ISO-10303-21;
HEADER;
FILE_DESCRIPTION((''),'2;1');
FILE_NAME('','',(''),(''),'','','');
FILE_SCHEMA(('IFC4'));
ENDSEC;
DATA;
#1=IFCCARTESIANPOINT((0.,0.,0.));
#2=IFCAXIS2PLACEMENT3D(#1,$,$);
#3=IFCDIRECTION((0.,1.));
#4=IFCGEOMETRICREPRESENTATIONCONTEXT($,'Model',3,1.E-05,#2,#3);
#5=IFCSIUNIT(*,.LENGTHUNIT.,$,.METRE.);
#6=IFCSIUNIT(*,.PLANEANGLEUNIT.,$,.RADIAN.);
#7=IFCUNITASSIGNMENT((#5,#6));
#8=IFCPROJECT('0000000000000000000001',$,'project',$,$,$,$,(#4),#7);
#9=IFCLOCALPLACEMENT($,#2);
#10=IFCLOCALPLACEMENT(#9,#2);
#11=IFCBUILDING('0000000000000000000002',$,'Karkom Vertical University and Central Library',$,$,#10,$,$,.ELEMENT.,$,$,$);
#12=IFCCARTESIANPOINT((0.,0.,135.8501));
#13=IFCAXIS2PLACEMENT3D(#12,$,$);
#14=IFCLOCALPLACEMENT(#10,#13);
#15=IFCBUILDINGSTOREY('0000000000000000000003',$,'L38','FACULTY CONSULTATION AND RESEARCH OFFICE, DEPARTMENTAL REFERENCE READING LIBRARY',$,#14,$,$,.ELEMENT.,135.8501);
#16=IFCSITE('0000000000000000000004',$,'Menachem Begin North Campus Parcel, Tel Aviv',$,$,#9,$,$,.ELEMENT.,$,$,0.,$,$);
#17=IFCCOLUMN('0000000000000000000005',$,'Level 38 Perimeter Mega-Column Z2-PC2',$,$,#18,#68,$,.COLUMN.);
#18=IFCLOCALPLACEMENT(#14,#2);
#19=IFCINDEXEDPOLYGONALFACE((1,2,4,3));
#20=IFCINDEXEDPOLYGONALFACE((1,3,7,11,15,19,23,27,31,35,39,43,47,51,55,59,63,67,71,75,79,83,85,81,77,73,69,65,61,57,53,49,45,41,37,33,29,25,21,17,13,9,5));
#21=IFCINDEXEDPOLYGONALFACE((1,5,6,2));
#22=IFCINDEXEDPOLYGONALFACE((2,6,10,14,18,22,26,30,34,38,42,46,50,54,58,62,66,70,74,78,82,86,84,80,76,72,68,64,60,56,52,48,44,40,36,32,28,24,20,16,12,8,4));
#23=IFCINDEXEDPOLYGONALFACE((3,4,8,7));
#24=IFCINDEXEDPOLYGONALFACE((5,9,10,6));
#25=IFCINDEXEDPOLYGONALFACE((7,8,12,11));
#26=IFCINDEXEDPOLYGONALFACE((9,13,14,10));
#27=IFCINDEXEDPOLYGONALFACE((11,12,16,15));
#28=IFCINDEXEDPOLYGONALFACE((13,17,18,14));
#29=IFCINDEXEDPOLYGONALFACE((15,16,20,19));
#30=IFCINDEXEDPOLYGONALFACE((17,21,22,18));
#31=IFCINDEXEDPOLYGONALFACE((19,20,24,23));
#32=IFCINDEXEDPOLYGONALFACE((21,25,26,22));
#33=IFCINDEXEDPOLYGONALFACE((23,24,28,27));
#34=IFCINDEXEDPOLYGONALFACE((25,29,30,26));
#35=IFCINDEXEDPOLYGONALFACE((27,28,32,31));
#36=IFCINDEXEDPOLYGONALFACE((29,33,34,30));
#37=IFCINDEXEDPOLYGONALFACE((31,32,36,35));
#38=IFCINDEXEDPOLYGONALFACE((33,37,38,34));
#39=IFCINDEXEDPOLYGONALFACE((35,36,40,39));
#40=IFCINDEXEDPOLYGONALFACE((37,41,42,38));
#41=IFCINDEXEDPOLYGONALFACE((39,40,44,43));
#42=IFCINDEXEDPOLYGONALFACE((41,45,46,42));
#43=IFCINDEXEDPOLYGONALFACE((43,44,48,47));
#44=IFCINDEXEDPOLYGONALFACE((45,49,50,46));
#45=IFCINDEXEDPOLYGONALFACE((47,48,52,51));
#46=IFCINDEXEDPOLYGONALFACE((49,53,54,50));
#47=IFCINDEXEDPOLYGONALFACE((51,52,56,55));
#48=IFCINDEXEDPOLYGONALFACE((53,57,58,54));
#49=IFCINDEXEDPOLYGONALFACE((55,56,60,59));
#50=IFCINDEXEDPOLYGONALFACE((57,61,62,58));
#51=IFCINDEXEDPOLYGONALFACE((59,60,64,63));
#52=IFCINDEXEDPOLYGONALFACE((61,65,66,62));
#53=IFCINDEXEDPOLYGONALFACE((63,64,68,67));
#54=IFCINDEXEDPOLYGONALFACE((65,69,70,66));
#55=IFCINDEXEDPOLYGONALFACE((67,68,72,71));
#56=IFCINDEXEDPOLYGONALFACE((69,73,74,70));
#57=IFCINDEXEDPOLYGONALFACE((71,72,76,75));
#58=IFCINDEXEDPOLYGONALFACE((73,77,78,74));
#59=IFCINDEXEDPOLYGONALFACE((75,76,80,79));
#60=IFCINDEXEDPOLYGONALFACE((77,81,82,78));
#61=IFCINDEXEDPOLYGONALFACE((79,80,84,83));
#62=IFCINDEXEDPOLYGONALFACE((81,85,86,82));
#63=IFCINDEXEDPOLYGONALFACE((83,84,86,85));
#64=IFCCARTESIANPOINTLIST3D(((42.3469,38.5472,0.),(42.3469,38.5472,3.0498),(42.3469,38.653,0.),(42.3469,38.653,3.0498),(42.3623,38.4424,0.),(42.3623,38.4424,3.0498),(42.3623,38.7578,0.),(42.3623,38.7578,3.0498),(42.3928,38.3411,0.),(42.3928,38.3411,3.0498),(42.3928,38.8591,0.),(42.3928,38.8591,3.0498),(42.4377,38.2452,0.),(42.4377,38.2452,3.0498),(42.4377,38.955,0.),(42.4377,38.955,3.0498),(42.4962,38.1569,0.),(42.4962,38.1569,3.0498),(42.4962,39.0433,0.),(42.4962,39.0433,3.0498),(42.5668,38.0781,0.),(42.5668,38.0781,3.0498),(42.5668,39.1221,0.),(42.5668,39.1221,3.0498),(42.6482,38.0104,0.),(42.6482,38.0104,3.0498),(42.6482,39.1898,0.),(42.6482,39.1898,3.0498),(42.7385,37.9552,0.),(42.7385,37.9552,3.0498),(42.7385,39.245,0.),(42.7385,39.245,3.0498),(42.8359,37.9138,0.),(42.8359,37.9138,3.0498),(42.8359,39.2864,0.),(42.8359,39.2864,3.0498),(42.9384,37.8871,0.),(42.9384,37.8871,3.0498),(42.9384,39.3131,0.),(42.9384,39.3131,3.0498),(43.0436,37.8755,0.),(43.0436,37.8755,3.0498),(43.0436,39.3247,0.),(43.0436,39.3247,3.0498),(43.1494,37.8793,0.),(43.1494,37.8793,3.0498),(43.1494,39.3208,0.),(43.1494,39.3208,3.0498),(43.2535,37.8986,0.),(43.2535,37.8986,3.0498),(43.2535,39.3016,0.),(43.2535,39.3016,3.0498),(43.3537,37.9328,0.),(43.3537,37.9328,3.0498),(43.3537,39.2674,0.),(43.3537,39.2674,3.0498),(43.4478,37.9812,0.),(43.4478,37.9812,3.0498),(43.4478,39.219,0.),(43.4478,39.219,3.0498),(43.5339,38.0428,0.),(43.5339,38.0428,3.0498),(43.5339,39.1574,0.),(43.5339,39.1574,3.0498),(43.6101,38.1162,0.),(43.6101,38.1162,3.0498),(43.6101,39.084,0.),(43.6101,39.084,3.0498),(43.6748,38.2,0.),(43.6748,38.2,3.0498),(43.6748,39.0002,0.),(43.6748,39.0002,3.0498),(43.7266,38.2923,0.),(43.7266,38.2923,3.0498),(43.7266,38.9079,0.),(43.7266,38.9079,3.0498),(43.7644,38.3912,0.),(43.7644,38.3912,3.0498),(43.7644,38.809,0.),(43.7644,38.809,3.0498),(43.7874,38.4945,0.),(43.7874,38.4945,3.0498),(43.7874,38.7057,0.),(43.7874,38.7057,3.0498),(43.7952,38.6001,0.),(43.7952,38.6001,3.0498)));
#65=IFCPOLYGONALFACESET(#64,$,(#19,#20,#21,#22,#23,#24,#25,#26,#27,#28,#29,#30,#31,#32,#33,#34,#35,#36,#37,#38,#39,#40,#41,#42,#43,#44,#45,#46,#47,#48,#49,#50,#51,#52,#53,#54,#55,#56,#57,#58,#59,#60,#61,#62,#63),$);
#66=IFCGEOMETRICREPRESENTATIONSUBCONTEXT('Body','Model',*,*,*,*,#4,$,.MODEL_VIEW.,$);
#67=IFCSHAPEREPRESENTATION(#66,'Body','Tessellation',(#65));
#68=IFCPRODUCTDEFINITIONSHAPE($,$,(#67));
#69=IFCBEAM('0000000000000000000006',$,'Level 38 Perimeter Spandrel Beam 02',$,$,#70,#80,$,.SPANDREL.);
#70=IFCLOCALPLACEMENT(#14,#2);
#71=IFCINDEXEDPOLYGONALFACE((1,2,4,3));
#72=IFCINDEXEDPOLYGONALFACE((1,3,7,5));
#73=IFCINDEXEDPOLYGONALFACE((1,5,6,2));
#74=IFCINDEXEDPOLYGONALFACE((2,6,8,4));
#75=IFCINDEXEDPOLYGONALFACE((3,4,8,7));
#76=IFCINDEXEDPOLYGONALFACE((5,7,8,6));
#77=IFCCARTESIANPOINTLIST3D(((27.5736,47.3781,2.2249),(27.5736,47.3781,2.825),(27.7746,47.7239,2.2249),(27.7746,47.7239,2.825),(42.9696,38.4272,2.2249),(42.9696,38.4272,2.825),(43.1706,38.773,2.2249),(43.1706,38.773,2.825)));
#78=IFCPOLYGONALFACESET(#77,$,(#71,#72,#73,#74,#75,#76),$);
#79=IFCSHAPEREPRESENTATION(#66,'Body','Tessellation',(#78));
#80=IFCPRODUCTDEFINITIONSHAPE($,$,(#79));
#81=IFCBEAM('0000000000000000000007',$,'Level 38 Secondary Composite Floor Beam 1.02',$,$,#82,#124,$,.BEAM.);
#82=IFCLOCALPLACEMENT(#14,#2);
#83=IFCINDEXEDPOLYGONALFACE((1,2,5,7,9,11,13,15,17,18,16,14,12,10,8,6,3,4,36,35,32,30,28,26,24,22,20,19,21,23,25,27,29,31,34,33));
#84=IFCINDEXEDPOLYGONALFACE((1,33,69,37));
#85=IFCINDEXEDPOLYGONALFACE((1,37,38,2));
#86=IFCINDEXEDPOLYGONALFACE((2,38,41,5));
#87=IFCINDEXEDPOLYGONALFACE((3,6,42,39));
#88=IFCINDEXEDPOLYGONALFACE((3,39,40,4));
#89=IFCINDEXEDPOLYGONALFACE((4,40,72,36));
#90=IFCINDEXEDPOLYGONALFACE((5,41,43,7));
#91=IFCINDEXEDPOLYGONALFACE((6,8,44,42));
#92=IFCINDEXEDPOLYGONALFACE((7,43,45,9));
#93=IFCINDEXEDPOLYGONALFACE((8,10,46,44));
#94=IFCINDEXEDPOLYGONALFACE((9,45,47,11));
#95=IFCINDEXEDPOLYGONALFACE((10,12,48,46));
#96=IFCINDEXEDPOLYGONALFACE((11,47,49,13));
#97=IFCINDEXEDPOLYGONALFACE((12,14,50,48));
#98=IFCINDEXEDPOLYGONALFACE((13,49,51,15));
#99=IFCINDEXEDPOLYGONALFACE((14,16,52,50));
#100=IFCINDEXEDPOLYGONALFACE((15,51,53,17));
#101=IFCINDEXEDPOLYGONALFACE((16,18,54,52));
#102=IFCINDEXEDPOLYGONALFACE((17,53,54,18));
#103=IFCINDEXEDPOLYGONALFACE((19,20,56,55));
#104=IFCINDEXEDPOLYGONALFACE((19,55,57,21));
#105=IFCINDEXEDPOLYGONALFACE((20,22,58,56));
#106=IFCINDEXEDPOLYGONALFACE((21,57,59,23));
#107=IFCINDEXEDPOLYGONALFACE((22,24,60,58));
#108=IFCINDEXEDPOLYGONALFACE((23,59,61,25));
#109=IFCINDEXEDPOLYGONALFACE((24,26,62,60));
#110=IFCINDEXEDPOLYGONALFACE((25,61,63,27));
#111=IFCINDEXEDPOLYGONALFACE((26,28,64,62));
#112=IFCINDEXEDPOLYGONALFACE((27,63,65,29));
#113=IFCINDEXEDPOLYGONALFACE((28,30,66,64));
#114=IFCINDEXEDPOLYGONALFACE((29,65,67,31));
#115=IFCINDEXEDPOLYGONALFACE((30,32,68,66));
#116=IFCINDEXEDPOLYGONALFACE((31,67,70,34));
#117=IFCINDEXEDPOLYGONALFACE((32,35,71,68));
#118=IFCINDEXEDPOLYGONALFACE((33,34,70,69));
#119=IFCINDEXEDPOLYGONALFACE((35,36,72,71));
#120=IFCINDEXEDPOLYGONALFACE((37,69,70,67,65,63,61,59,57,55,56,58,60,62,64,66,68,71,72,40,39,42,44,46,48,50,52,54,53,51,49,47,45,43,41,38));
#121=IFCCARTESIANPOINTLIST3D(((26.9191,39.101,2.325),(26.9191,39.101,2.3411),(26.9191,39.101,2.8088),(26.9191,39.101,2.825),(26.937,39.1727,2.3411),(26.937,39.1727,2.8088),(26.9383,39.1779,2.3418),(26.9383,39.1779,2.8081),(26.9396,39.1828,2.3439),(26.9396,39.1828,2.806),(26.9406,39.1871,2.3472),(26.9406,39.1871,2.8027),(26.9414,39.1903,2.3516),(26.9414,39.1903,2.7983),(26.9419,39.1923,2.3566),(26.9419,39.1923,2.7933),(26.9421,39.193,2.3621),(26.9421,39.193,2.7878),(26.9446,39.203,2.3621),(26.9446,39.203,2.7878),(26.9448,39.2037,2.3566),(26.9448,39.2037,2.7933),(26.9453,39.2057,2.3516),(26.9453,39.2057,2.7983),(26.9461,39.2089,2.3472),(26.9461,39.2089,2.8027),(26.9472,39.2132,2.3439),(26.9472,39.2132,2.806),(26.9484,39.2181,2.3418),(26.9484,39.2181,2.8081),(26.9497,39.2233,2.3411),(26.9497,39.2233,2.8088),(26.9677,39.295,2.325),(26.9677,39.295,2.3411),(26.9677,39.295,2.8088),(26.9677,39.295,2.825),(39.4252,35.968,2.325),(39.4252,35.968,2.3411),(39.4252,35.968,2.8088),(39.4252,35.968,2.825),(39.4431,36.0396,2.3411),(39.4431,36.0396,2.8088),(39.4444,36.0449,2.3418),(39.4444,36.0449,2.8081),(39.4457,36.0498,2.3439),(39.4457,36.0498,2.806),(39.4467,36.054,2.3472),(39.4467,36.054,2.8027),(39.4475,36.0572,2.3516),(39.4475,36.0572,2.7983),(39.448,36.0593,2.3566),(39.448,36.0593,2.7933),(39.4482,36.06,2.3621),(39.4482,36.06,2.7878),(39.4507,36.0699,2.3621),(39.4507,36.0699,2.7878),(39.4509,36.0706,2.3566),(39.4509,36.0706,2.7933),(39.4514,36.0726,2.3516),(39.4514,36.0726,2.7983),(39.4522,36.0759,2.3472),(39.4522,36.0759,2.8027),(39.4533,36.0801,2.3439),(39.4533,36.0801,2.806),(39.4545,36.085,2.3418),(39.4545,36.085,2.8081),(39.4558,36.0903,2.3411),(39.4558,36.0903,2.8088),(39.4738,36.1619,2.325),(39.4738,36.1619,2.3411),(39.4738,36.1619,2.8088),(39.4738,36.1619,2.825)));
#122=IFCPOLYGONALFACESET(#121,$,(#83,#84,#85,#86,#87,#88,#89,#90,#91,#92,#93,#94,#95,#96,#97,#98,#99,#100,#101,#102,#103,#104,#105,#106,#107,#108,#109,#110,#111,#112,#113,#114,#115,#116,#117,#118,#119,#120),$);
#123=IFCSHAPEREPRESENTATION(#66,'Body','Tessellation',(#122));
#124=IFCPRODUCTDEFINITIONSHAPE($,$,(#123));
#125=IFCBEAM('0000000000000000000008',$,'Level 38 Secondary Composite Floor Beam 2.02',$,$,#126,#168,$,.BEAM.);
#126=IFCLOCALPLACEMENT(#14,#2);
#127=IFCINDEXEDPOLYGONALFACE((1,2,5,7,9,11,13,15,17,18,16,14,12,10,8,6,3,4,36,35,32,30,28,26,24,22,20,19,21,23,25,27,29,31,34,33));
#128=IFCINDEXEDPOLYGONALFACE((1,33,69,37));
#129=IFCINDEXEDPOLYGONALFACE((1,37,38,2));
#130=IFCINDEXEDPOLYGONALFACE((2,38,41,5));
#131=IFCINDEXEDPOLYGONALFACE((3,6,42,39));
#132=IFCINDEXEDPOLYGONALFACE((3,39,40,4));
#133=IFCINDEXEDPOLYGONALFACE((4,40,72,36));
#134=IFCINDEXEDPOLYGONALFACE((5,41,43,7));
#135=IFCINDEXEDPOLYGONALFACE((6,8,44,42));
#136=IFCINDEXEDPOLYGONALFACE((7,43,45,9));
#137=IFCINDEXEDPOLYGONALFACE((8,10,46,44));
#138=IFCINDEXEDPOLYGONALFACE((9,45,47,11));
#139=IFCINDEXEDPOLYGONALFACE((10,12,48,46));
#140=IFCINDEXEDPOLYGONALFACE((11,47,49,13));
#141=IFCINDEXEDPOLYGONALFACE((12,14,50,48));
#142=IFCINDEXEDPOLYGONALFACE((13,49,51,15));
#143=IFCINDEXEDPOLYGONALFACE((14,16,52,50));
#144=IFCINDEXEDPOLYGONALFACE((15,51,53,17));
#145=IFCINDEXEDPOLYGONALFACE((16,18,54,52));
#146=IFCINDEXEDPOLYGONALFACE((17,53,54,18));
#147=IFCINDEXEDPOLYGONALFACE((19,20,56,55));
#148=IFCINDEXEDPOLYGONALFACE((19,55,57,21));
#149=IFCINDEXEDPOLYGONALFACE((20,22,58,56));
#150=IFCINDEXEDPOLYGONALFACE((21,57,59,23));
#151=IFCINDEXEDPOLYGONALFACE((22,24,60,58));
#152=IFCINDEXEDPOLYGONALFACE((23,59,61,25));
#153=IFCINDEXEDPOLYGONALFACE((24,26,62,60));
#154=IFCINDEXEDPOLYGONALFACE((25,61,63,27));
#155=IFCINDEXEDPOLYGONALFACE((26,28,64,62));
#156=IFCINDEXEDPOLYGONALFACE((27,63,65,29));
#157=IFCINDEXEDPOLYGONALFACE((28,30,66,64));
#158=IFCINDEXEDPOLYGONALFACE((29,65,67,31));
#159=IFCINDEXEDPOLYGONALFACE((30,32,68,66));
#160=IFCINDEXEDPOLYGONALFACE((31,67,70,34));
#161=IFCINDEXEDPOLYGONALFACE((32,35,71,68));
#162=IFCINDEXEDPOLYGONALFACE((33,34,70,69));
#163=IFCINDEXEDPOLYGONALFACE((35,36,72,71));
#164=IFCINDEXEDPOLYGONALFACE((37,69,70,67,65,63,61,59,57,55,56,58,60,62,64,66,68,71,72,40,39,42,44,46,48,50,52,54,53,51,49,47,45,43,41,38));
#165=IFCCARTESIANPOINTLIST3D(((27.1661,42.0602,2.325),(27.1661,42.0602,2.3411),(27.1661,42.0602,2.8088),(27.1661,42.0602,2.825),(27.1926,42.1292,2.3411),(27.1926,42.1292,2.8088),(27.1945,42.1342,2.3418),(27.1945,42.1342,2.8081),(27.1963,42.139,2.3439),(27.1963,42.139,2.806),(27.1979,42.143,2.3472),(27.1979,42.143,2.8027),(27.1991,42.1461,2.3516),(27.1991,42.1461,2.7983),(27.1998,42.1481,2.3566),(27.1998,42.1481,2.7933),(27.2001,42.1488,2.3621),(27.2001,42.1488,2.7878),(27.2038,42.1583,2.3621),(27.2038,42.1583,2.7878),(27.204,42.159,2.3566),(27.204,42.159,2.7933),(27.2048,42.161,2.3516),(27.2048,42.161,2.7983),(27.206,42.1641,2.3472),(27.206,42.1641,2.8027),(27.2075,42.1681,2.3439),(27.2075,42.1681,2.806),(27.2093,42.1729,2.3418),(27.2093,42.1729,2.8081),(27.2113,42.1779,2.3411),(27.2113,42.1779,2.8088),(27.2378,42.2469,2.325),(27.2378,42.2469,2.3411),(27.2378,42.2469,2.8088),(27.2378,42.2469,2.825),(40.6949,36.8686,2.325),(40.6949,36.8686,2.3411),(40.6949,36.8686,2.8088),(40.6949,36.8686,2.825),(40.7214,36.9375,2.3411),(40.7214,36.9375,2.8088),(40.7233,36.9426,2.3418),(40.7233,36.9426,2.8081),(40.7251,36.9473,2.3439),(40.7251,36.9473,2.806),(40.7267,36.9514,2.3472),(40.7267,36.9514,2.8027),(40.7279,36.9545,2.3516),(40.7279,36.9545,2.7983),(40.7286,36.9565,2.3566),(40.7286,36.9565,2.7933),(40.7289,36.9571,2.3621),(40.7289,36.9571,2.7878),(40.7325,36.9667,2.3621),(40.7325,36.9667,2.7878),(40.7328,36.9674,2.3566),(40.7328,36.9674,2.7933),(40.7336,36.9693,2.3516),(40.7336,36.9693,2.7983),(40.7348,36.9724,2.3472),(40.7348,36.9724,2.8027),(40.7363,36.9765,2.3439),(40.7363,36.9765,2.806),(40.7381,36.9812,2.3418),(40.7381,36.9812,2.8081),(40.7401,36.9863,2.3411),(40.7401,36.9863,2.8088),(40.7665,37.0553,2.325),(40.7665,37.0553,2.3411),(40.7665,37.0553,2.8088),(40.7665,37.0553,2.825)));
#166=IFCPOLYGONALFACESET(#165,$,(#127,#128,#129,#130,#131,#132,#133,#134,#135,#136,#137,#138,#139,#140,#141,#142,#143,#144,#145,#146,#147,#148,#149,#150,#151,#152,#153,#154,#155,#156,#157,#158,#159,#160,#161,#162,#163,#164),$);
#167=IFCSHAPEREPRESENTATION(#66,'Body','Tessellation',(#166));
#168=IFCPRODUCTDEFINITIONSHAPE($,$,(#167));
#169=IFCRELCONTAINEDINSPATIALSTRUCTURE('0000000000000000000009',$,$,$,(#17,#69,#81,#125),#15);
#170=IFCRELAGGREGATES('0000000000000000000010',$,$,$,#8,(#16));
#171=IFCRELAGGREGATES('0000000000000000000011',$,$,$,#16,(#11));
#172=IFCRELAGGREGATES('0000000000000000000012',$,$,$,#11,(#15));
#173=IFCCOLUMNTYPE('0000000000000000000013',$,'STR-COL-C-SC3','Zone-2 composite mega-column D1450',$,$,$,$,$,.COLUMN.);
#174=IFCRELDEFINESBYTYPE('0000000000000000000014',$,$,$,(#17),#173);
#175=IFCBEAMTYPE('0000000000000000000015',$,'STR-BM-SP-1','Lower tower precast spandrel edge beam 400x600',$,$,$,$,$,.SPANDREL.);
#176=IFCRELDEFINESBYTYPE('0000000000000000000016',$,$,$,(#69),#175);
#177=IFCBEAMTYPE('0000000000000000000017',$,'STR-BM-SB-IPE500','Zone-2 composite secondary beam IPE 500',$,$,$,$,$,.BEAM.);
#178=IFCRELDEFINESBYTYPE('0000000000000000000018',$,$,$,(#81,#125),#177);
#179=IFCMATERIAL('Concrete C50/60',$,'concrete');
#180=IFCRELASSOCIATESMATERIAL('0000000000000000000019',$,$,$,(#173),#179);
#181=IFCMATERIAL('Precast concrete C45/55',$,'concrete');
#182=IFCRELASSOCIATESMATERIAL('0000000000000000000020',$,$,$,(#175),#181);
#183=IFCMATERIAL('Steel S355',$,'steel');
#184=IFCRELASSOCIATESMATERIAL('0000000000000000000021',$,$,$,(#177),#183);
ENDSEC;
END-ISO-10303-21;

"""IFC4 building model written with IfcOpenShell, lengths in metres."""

from ifc_helpers import new_model, si_unit, direction, frame, origin, origin_with_axes, origin_2d, place, context, subcontext, project, spatial, rectangle, circle, i_section, extrude, source, transform, mapped, material, material_profile, profile_set, type_object, element, save


model = new_model("IFC4")

# Units and contexts
model_context = context("Model", 3, precision=1e-05, world=origin(), true_north=direction((0.0, 1.0)))
body_context = subcontext(model_context, "Body", "Model", "MODEL_VIEW")
ifc_project = project(units=[si_unit("LENGTHUNIT", "METRE"), si_unit("PLANEANGLEUNIT", "RADIAN")], contexts=[model_context])

# Site, building, storey
site_placement = place(None, origin())
site = spatial("IfcSite", under=ifc_project, at=site_placement, Name="Menachem Begin North Campus Parcel, Tel Aviv", CompositionType="ELEMENT", RefElevation=0.0)
building_placement = place(site_placement, origin())
building = spatial("IfcBuilding", under=site, at=building_placement, Name="Karkom Vertical University and Central Library", CompositionType="ELEMENT")
storey_placement = place(building_placement, frame((0.0, 0.0, 135.8501)))
storey = spatial("IfcBuildingStorey", under=building, at=storey_placement, Name="L38", Description="FACULTY CONSULTATION AND RESEARCH OFFICE, DEPARTMENTAL REFERENCE READING LIBRARY", CompositionType="ELEMENT", Elevation=135.8501)

# Column
ifc_material_1 = material(Name="Concrete C50/60", Category="concrete")
ifc_material_profile_1 = material_profile(ifc_material_1, circle(Radius=0.7251, at=origin_2d()), Name="CFT-D1450")
ifc_profile_set_1 = profile_set([ifc_material_profile_1], Name="Concrete C50/60")
column_type = type_object("IfcColumnType", Name="STR-COL-C-SC3", Description="Zone-2 composite mega-column D1450", PredefinedType="COLUMN", material=ifc_profile_set_1)
shared_shape_1 = source(origin_with_axes(), body_context, "Body", "SweptSolid", [
    extrude(circle(Radius=0.7251, at=origin_2d()), origin(), (0.0, 0.0, 1.0), 3.0498),
])
column_placement = place(storey_placement, frame((43.0701, 38.6001, 0.0), z_axis=(0.0, 0.0, 1.0), x_axis=(1.0, 0.0, 0.0)))
element("IfcColumn", 1, at=column_placement, inside=storey, type_object=column_type, Name="Level 38 Perimeter Mega-Column Z2-PC2", PredefinedType="COLUMN", context=body_context, shape_type="MappedRepresentation", body=[
    mapped(shared_shape_1, transform((0.0, 0.0, 0.0), scale=1.0)),
])

# Beams
ifc_material_2 = material(Name="Precast concrete C45/55", Category="concrete")
ifc_material_profile_2 = material_profile(ifc_material_2, rectangle(XDim=0.3999, YDim=0.6001, at=origin_2d()), Name="SPB-400x600")
ifc_profile_set_2 = profile_set([ifc_material_profile_2], Name="Precast concrete C45/55")
beam_type_1 = type_object("IfcBeamType", Name="STR-BM-SP-1", Description="Lower tower precast spandrel edge beam 400x600", PredefinedType="SPANDREL", material=ifc_profile_set_2)
shared_shape_2 = source(origin_with_axes(), body_context, "Body", "SweptSolid", [
    extrude(rectangle(XDim=0.3999, YDim=0.6001, at=origin_2d()), origin(), (0.0, 0.0, 1.0), 17.8088),
])
beam_1_placement = place(storey_placement, frame((43.0701, 38.6001, 2.5249), z_axis=(-0.864513, 0.502611, 0.0), x_axis=(-0.502611, -0.864513, 0.0)))
element("IfcBeam", 2, at=beam_1_placement, inside=storey, type_object=beam_type_1, Name="Level 38 Perimeter Spandrel Beam 02", PredefinedType="SPANDREL", context=body_context, shape_type="MappedRepresentation", body=[
    mapped(shared_shape_2, transform((0.0, 0.0, 0.0), scale=1.0)),
])
ifc_material_3 = material(Name="Steel S355", Category="steel")
ifc_material_profile_3 = material_profile(ifc_material_3, i_section(OverallWidth=0.2, OverallDepth=0.5, WebThickness=0.0103, FlangeThickness=0.0161, FilletRadius=0.021, at=origin_2d()), Name="IPE 500")
ifc_profile_set_3 = profile_set([ifc_material_profile_3], Name="Steel S355")
beam_type_2 = type_object("IfcBeamType", Name="STR-BM-SB-IPE500", Description="Zone-2 composite secondary beam IPE 500", PredefinedType="BEAM", material=ifc_profile_set_3)
shared_shape_3 = source(origin_with_axes(), body_context, "Body", "SweptSolid", [
    extrude(i_section(OverallWidth=0.2, OverallDepth=0.5, WebThickness=0.0103, FlangeThickness=0.0161, FilletRadius=0.021, at=origin_2d()), origin(), (0.0, 0.0, 1.0), 12.8926),
])
beam_2_placement = place(storey_placement, frame((39.4495, 36.0649, 2.575), z_axis=(-0.970023, 0.243012, 0.0), x_axis=(-0.243012, -0.970023, 0.0)))
element("IfcBeam", 3, at=beam_2_placement, inside=storey, type_object=beam_type_2, Name="Level 38 Secondary Composite Floor Beam 1.02", PredefinedType="BEAM", context=body_context, shape_type="MappedRepresentation", body=[
    mapped(shared_shape_3, transform((0.0, 0.0, 0.0), scale=1.0)),
])
shared_shape_4 = source(origin_with_axes(), body_context, "Body", "SweptSolid", [
    extrude(i_section(OverallWidth=0.2, OverallDepth=0.5, WebThickness=0.0103, FlangeThickness=0.0161, FilletRadius=0.021, at=origin_2d()), origin(), (0.0, 0.0, 1.0), 14.4907),
])
beam_3_placement = place(storey_placement, frame((40.7307, 36.9619, 2.575), z_axis=(-0.933617, 0.358273, 0.0), x_axis=(-0.358273, -0.933617, 0.0)))
element("IfcBeam", 4, at=beam_3_placement, inside=storey, type_object=beam_type_2, Name="Level 38 Secondary Composite Floor Beam 2.02", PredefinedType="BEAM", context=body_context, shape_type="MappedRepresentation", body=[
    mapped(shared_shape_4, transform((0.0, 0.0, 0.0), scale=1.0)),
])

save(model, "model.ifc")
